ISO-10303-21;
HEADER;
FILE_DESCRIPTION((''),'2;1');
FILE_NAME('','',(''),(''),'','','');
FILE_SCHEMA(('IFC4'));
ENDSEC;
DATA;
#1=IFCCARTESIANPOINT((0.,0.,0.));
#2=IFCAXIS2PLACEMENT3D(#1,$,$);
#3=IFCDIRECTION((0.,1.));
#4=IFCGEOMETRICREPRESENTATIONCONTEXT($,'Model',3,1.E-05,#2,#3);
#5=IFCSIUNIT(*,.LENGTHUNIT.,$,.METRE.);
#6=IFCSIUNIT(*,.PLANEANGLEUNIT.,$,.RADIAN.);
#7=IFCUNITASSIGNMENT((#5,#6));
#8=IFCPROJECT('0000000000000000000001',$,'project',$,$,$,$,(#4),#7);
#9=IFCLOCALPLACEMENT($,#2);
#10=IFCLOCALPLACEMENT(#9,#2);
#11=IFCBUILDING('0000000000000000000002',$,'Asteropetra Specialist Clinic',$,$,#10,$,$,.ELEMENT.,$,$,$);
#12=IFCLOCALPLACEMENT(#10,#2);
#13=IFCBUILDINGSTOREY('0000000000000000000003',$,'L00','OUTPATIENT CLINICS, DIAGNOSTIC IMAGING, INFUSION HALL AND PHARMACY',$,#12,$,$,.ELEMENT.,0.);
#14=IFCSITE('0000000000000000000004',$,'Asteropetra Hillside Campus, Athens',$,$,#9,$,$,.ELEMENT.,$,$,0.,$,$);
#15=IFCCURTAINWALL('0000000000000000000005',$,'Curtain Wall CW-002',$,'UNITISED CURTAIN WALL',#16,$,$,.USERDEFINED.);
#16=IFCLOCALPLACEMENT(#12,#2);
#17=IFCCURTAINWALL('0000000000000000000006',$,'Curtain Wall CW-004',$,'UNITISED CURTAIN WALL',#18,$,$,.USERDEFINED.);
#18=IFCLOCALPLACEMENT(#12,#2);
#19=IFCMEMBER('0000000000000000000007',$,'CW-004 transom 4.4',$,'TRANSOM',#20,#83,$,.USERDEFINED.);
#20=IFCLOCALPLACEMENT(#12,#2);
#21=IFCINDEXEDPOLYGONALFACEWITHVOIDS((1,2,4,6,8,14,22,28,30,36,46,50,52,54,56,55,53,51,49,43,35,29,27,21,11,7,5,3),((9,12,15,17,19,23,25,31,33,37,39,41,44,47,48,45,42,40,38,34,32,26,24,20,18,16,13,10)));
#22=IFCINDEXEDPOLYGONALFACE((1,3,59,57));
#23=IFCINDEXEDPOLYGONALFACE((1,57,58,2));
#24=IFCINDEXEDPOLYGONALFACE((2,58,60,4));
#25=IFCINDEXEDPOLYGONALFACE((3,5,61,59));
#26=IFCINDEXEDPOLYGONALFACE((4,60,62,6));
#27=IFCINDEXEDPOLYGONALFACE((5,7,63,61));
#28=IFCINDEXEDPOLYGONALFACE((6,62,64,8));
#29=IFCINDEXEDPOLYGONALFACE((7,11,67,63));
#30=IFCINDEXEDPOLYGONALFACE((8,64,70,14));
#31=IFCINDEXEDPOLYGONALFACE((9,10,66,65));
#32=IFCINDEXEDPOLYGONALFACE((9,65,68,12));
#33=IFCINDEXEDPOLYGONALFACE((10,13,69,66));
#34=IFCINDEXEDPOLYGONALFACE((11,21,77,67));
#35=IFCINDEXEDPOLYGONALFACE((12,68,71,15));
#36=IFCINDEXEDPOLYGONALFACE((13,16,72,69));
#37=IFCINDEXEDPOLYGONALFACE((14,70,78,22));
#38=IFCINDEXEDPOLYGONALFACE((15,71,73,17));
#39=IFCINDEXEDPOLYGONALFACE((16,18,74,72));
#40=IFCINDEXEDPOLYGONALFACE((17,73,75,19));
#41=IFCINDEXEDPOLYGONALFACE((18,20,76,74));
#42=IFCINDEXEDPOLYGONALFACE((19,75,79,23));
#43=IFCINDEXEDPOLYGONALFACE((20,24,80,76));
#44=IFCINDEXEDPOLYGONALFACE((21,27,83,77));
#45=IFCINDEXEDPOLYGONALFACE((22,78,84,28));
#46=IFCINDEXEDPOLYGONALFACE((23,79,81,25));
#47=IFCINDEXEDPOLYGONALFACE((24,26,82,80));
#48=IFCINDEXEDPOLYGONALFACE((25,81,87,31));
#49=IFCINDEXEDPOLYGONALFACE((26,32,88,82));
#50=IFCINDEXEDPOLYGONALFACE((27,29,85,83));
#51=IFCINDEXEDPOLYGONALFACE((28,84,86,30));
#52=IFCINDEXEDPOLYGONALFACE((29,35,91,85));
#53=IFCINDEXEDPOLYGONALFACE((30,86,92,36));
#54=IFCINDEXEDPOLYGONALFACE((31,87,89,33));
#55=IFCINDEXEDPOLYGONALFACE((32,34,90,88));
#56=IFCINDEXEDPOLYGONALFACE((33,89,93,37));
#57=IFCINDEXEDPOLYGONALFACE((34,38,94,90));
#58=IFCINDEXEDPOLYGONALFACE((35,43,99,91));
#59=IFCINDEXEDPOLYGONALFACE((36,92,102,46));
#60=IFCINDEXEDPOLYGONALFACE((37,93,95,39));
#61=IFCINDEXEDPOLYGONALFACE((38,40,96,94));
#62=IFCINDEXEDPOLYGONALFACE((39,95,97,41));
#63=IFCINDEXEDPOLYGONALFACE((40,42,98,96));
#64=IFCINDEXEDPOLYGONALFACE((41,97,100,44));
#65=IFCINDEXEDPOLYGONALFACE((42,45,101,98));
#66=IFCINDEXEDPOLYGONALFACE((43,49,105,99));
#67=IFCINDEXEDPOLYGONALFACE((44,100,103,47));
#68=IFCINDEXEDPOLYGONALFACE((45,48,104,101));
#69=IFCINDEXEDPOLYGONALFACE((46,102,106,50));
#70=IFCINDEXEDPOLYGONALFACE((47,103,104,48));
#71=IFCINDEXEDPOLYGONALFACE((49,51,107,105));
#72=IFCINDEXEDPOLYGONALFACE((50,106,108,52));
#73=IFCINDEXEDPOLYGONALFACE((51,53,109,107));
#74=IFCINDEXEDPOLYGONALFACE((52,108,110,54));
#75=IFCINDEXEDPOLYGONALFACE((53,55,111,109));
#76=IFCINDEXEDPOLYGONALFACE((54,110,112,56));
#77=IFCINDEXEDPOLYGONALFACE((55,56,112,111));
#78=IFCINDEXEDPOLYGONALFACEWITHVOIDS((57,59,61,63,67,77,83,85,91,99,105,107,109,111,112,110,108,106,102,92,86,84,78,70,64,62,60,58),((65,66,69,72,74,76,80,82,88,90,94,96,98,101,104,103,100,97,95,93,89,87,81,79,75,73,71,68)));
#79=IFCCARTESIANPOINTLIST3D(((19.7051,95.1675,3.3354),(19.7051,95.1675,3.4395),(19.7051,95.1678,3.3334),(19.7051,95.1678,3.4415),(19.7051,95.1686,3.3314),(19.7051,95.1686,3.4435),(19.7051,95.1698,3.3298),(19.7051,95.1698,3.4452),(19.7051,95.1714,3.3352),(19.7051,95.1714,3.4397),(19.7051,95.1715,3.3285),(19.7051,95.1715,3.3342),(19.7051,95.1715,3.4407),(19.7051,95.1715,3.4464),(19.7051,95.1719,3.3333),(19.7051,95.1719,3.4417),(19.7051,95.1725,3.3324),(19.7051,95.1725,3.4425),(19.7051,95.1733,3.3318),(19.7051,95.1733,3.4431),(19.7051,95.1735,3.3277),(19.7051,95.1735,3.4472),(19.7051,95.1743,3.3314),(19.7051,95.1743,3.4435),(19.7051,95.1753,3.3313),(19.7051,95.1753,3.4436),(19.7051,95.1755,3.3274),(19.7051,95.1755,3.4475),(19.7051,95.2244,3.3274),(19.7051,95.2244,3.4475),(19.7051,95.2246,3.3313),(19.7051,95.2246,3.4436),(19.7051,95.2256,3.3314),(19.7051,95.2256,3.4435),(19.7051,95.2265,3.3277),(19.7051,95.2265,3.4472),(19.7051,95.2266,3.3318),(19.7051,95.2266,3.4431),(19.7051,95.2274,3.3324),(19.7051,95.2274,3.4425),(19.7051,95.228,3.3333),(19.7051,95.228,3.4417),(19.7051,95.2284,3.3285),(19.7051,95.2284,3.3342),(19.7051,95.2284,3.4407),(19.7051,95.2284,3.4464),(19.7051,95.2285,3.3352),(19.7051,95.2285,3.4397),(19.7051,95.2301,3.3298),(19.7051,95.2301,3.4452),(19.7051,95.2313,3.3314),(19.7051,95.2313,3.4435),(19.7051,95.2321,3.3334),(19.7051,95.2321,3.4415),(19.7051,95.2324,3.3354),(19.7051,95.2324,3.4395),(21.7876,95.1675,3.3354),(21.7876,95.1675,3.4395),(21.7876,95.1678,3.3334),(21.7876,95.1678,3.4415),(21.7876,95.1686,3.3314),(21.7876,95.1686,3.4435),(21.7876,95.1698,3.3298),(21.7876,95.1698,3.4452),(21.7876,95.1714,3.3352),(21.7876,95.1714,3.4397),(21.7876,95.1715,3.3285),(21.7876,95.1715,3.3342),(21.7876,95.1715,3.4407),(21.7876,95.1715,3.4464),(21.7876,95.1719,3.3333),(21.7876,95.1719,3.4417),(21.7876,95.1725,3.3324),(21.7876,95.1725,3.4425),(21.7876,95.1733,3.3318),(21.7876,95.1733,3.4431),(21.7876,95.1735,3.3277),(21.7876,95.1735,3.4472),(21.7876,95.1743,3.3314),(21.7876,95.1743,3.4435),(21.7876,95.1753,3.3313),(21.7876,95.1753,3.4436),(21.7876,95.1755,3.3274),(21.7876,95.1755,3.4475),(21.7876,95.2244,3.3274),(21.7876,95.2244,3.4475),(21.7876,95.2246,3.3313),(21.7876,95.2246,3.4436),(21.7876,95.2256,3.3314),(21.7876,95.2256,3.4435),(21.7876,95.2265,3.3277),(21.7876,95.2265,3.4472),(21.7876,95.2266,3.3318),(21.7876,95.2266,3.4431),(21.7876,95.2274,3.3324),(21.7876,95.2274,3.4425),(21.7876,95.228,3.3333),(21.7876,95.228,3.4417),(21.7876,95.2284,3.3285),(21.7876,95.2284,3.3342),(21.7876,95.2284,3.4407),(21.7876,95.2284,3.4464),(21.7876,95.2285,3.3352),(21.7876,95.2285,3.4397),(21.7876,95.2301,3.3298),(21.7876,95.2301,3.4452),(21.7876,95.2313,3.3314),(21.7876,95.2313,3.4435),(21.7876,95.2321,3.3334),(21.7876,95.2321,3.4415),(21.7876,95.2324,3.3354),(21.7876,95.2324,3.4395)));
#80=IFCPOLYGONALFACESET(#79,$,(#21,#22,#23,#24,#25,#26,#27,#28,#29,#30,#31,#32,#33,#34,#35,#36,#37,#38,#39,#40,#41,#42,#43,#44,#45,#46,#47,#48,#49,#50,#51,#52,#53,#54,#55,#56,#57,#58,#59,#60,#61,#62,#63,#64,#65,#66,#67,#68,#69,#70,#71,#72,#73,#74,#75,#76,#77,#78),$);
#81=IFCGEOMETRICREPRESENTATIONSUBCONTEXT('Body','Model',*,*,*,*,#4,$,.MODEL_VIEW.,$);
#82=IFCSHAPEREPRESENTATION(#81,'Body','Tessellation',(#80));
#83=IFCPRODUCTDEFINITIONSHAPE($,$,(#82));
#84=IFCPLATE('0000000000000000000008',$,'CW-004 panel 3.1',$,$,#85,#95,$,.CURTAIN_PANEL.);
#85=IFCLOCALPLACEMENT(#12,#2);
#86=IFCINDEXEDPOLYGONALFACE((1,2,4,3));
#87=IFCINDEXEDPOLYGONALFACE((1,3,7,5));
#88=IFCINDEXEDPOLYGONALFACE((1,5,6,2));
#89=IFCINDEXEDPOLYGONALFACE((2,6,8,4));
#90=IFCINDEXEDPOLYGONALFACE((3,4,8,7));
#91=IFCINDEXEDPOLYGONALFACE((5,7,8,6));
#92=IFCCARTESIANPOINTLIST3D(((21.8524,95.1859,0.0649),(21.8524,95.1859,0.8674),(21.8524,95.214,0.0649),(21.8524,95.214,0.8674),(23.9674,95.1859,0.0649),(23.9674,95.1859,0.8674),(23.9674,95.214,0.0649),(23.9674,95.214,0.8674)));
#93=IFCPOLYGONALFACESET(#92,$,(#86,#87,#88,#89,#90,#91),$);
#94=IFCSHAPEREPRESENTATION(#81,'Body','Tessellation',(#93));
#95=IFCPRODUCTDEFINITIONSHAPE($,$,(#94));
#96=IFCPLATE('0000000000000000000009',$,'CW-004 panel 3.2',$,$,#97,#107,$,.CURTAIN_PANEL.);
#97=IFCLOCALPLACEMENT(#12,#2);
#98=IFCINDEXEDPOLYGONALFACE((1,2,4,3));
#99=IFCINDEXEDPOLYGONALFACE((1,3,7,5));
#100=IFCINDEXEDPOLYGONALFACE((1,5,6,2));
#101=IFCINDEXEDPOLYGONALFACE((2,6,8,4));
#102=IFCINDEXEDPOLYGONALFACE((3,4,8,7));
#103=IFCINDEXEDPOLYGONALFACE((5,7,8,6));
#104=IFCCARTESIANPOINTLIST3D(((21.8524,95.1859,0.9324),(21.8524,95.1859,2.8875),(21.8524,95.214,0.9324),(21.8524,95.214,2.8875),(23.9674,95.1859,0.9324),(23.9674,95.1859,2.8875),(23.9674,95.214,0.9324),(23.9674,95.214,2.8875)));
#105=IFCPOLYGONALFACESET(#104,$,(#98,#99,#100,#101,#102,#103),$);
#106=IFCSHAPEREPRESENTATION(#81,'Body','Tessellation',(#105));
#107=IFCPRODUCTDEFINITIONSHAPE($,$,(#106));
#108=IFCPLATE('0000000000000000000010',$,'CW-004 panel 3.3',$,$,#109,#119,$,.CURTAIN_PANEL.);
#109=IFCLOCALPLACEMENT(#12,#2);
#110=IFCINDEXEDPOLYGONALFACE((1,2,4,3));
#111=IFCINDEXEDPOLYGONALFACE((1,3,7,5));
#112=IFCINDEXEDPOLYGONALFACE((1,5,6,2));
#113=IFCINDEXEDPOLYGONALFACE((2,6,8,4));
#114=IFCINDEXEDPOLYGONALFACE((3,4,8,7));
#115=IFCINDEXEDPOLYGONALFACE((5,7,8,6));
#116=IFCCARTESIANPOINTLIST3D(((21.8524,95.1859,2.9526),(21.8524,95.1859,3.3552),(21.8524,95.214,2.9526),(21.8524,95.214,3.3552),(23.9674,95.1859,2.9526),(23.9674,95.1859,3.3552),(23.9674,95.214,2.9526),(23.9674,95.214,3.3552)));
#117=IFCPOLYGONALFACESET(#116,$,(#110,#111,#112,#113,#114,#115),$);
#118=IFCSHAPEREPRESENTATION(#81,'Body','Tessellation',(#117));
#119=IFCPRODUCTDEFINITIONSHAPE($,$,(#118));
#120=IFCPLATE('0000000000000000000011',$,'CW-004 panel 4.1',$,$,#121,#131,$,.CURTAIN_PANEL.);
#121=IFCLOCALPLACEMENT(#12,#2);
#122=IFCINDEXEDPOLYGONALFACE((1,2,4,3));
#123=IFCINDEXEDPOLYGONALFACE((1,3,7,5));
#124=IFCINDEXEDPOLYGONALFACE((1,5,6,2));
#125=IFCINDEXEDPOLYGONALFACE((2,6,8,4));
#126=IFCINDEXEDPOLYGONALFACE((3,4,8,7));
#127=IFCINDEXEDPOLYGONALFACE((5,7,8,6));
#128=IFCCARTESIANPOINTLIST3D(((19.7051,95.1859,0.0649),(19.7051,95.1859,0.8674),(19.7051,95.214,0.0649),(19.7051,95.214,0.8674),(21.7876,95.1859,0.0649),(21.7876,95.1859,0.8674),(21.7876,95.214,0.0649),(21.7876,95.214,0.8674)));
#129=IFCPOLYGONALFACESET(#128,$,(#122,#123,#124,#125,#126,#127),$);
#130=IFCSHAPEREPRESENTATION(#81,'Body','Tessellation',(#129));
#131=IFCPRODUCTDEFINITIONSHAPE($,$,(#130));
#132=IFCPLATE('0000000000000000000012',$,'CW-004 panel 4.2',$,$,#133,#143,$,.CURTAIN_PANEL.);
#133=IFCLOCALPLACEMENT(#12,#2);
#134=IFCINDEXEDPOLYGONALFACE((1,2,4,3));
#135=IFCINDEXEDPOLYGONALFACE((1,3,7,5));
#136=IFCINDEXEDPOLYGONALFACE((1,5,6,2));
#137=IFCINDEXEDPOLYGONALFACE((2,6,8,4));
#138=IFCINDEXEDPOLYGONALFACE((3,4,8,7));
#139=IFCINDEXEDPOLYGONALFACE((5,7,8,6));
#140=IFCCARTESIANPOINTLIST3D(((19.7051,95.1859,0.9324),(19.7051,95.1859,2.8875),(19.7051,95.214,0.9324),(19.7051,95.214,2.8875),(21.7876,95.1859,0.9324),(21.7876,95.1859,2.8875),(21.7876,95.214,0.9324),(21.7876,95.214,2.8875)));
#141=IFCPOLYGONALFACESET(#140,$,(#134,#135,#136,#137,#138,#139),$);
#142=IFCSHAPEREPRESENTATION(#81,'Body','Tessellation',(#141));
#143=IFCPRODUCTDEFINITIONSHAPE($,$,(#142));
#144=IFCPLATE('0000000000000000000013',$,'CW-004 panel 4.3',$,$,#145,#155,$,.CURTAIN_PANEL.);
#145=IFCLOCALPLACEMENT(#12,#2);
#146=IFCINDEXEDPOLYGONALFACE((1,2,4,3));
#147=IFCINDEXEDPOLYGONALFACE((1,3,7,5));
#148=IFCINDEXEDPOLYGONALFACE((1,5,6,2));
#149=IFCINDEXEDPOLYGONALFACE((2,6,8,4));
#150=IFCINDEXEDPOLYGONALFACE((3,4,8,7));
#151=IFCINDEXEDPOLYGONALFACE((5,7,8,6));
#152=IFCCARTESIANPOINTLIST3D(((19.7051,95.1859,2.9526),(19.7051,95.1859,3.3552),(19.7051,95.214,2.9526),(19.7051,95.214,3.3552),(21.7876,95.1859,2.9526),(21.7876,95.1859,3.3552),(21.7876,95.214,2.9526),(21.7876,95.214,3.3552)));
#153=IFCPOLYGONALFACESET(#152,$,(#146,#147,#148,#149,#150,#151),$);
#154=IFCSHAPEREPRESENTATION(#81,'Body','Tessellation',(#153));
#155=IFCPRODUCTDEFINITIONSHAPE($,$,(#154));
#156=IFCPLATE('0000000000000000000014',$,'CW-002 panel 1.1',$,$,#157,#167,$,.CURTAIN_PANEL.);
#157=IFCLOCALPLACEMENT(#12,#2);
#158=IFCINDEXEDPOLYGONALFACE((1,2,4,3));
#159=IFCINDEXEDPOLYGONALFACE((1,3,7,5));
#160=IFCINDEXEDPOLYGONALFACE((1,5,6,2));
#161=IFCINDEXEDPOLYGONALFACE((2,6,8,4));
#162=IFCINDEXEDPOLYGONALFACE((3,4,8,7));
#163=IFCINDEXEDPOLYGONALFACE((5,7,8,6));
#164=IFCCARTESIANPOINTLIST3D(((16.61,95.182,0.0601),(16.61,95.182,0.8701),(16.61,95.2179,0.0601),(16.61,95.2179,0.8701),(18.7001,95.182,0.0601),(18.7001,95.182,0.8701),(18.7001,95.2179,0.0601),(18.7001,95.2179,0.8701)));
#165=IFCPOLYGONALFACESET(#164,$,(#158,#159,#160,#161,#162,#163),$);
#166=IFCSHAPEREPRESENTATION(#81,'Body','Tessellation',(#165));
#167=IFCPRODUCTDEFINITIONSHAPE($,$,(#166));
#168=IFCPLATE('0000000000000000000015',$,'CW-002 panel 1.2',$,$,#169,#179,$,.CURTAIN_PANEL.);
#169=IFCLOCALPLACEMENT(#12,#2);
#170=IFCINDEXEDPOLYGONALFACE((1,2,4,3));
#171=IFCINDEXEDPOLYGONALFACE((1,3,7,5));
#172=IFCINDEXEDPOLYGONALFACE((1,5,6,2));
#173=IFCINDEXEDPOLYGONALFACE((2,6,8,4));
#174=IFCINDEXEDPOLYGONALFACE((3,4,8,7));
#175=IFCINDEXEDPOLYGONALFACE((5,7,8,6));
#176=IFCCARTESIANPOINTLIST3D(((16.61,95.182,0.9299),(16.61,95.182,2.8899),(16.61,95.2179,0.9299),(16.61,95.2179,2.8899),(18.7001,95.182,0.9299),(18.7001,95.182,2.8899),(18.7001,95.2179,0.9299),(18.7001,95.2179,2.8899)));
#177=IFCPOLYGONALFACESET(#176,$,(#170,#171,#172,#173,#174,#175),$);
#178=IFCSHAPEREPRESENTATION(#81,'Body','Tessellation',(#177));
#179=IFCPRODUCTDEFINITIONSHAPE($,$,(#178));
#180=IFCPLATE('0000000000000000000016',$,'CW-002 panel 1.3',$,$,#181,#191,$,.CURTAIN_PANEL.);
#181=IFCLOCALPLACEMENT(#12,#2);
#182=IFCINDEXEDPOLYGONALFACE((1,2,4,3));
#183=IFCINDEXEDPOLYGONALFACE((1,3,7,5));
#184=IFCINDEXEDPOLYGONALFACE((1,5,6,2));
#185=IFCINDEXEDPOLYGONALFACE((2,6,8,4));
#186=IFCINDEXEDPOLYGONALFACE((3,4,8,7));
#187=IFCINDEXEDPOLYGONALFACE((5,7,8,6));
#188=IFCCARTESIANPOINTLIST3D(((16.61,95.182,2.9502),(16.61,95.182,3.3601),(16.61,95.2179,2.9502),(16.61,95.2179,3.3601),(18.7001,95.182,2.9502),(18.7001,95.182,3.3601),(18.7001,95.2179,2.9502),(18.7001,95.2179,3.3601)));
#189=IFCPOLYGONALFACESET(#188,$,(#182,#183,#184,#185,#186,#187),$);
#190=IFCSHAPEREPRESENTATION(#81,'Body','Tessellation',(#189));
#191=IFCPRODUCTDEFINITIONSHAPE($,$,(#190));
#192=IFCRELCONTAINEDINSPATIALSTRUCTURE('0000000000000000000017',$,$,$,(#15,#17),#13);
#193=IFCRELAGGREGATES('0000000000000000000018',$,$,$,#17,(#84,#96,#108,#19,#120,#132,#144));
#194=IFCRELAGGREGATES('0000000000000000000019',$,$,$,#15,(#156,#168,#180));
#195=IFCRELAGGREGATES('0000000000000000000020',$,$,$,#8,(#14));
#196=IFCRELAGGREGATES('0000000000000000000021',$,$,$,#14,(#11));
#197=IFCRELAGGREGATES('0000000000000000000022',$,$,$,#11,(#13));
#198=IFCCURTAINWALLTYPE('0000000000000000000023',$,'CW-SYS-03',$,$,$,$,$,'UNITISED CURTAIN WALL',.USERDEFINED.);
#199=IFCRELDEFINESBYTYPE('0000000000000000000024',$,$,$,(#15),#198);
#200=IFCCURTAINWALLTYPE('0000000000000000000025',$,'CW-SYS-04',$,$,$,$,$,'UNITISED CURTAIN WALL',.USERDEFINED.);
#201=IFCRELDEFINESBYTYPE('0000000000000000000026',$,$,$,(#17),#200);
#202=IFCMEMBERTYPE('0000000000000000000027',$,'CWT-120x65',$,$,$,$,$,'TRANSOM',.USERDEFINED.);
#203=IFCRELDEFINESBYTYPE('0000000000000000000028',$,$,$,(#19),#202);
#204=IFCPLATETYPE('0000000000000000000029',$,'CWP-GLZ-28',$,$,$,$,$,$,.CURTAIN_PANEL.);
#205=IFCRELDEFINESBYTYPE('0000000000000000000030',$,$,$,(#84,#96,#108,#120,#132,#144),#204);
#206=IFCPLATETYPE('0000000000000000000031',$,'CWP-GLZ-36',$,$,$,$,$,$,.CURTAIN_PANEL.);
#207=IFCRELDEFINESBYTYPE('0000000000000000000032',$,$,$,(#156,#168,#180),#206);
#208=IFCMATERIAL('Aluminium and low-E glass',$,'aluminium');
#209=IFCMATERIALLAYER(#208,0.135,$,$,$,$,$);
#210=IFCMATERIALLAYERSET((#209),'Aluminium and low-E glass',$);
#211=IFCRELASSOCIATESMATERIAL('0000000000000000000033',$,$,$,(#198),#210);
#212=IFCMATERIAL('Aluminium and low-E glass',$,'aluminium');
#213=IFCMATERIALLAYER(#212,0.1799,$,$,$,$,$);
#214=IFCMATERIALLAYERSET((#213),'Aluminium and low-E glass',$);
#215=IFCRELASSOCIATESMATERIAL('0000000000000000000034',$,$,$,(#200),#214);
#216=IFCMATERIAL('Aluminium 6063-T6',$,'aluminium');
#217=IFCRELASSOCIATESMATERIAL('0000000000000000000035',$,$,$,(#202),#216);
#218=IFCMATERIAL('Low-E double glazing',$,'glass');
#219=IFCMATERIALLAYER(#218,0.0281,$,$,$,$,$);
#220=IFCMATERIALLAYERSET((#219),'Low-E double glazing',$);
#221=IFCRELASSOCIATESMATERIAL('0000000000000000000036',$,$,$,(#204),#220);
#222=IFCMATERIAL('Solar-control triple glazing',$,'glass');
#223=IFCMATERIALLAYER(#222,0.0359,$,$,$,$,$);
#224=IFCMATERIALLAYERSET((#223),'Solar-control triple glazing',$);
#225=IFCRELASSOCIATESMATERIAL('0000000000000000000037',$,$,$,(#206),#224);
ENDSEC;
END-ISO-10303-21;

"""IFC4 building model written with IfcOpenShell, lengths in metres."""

from ifc_helpers import new_model, si_unit, direction, frame, origin, origin_2d, place, context, subcontext, project, spatial, rectangle, hollow_rectangle, extrude, material, layer, layer_set, material_profile, profile_set, type_object, element, aggregate, save


model = new_model("IFC4")

# Units and contexts
model_context = context("Model", 3, precision=1e-05, world=origin(), true_north=direction((0.0, 1.0)))
body_context = subcontext(model_context, "Body", "Model", "MODEL_VIEW")
ifc_project = project(units=[si_unit("LENGTHUNIT", "METRE"), si_unit("PLANEANGLEUNIT", "RADIAN")], contexts=[model_context])

# Site, building, storey
site_placement = place(None, origin())
site = spatial("IfcSite", under=ifc_project, at=site_placement, Name="Asteropetra Hillside Campus, Athens", CompositionType="ELEMENT", RefElevation=0.0)
building_placement = place(site_placement, origin())
building = spatial("IfcBuilding", under=site, at=building_placement, Name="Asteropetra Specialist Clinic", CompositionType="ELEMENT")
storey_placement = place(building_placement, origin())
storey = spatial("IfcBuildingStorey", under=building, at=storey_placement, Name="L00", Description="OUTPATIENT CLINICS, DIAGNOSTIC IMAGING, INFUSION HALL AND PHARMACY", CompositionType="ELEMENT", Elevation=0.0)

# Curtain walls
ifc_material_1 = material(Name="Aluminium and low-E glass", Category="aluminium")
ifc_layer_1 = layer(ifc_material_1, 0.135)
ifc_layer_set_1 = layer_set([ifc_layer_1], Name="Aluminium and low-E glass")
curtain_wall_type_1 = type_object("IfcCurtainWallType", Name="CW-SYS-03", ElementType="UNITISED CURTAIN WALL", PredefinedType="USERDEFINED", material=ifc_layer_set_1)
curtain_wall_1_placement = place(storey_placement, origin())
curtain_wall_1 = element("IfcCurtainWall", 1, at=curtain_wall_1_placement, inside=storey, type_object=curtain_wall_type_1, Name="Curtain Wall CW-002", ObjectType="UNITISED CURTAIN WALL", PredefinedType="USERDEFINED")
ifc_material_2 = material(Name="Aluminium and low-E glass", Category="aluminium")
ifc_layer_2 = layer(ifc_material_2, 0.1799)
ifc_layer_set_2 = layer_set([ifc_layer_2], Name="Aluminium and low-E glass")
curtain_wall_type_2 = type_object("IfcCurtainWallType", Name="CW-SYS-04", ElementType="UNITISED CURTAIN WALL", PredefinedType="USERDEFINED", material=ifc_layer_set_2)
curtain_wall_2_placement = place(storey_placement, origin())
curtain_wall_2 = element("IfcCurtainWall", 2, at=curtain_wall_2_placement, inside=storey, type_object=curtain_wall_type_2, Name="Curtain Wall CW-004", ObjectType="UNITISED CURTAIN WALL", PredefinedType="USERDEFINED")

# Member
ifc_material_3 = material(Name="Aluminium 6063-T6", Category="aluminium")
ifc_material_profile_1 = material_profile(ifc_material_3, hollow_rectangle(XDim=0.0649, YDim=0.1201, WallThickness=0.0039, InnerFilletRadius=0.0039, OuterFilletRadius=0.0081, at=origin_2d()), Name="TRN 120x65x4.0")
ifc_profile_set_1 = profile_set([ifc_material_profile_1], Name="Aluminium 6063-T6")
member_type_1 = type_object("IfcMemberType", Name="CWT-120x65", ElementType="TRANSOM", PredefinedType="USERDEFINED", material=ifc_profile_set_1)
member_1_placement = place(storey_placement, frame((21.7876, 95.2, 3.3875), z_axis=(-1.0, 0.0, 0.0), x_axis=(0.0, -1.0, 0.0)))
member_1 = element("IfcMember", 3, at=member_1_placement, type_object=member_type_1, Name="CW-004 transom 4.4", ObjectType="TRANSOM", PredefinedType="USERDEFINED", context=body_context, shape_type="SweptSolid", body=[
    extrude(hollow_rectangle(XDim=0.0649, YDim=0.1201, WallThickness=0.0039, InnerFilletRadius=0.0039, OuterFilletRadius=0.0081, at=origin_2d()), origin(), (0.0, 0.0, 1.0), 2.0825),
])

# Plates
ifc_material_4 = material(Name="Low-E double glazing", Category="glass")
ifc_layer_3 = layer(ifc_material_4, 0.0281)
ifc_layer_set_3 = layer_set([ifc_layer_3], Name="Low-E double glazing")
plate_type_1 = type_object("IfcPlateType", Name="CWP-GLZ-28", PredefinedType="CURTAIN_PANEL", material=ifc_layer_set_3)
plate_1_placement = place(storey_placement, frame((22.9099, 95.2, 0.0649), z_axis=(0.0, 0.0, 1.0), x_axis=(-1.0, 0.0, 0.0)))
plate_1 = element("IfcPlate", 4, at=plate_1_placement, type_object=plate_type_1, Name="CW-004 panel 3.1", PredefinedType="CURTAIN_PANEL", context=body_context, shape_type="SweptSolid", body=[
    extrude(rectangle(XDim=2.115, YDim=0.0281, at=origin_2d()), origin(), (0.0, 0.0, 1.0), 0.8025),
])
plate_2_placement = place(storey_placement, frame((22.9099, 95.2, 0.9324), z_axis=(0.0, 0.0, 1.0), x_axis=(-1.0, 0.0, 0.0)))
plate_2 = element("IfcPlate", 5, at=plate_2_placement, type_object=plate_type_1, Name="CW-004 panel 3.2", PredefinedType="CURTAIN_PANEL", context=body_context, shape_type="SweptSolid", body=[
    extrude(rectangle(XDim=2.115, YDim=0.0281, at=origin_2d()), origin(), (0.0, 0.0, 1.0), 1.9551),
])
plate_3_placement = place(storey_placement, frame((22.9099, 95.2, 2.9526), z_axis=(0.0, 0.0, 1.0), x_axis=(-1.0, 0.0, 0.0)))
plate_3 = element("IfcPlate", 6, at=plate_3_placement, type_object=plate_type_1, Name="CW-004 panel 3.3", PredefinedType="CURTAIN_PANEL", context=body_context, shape_type="SweptSolid", body=[
    extrude(rectangle(XDim=2.115, YDim=0.0281, at=origin_2d()), origin(), (0.0, 0.0, 1.0), 0.4026),
])
plate_4_placement = place(storey_placement, frame((20.7463, 95.2, 0.0649), z_axis=(0.0, 0.0, 1.0), x_axis=(-1.0, 0.0, 0.0)))
plate_4 = element("IfcPlate", 7, at=plate_4_placement, type_object=plate_type_1, Name="CW-004 panel 4.1", PredefinedType="CURTAIN_PANEL", context=body_context, shape_type="SweptSolid", body=[
    extrude(rectangle(XDim=2.0825, YDim=0.0281, at=origin_2d()), origin(), (0.0, 0.0, 1.0), 0.8025),
])
plate_5_placement = place(storey_placement, frame((20.7463, 95.2, 0.9324), z_axis=(0.0, 0.0, 1.0), x_axis=(-1.0, 0.0, 0.0)))
plate_5 = element("IfcPlate", 8, at=plate_5_placement, type_object=plate_type_1, Name="CW-004 panel 4.2", PredefinedType="CURTAIN_PANEL", context=body_context, shape_type="SweptSolid", body=[
    extrude(rectangle(XDim=2.0825, YDim=0.0281, at=origin_2d()), origin(), (0.0, 0.0, 1.0), 1.9551),
])
plate_6_placement = place(storey_placement, frame((20.7463, 95.2, 2.9526), z_axis=(0.0, 0.0, 1.0), x_axis=(-1.0, 0.0, 0.0)))
plate_6 = element("IfcPlate", 9, at=plate_6_placement, type_object=plate_type_1, Name="CW-004 panel 4.3", PredefinedType="CURTAIN_PANEL", context=body_context, shape_type="SweptSolid", body=[
    extrude(rectangle(XDim=2.0825, YDim=0.0281, at=origin_2d()), origin(), (0.0, 0.0, 1.0), 0.4026),
])
aggregate(curtain_wall_2, [plate_1, plate_2, plate_3, member_1, plate_4, plate_5, plate_6])
ifc_material_5 = material(Name="Solar-control triple glazing", Category="glass")
ifc_layer_4 = layer(ifc_material_5, 0.0359)
ifc_layer_set_4 = layer_set([ifc_layer_4], Name="Solar-control triple glazing")
plate_type_2 = type_object("IfcPlateType", Name="CWP-GLZ-36", PredefinedType="CURTAIN_PANEL", material=ifc_layer_set_4)
plate_7_placement = place(storey_placement, frame((17.655, 95.2, 0.0601), z_axis=(0.0, 0.0, 1.0), x_axis=(-1.0, 0.0, 0.0)))
plate_7 = element("IfcPlate", 10, at=plate_7_placement, type_object=plate_type_2, Name="CW-002 panel 1.1", PredefinedType="CURTAIN_PANEL", context=body_context, shape_type="SweptSolid", body=[
    extrude(rectangle(XDim=2.0901, YDim=0.0359, at=origin_2d()), origin(), (0.0, 0.0, 1.0), 0.8101),
])
plate_8_placement = place(storey_placement, frame((17.655, 95.2, 0.9299), z_axis=(0.0, 0.0, 1.0), x_axis=(-1.0, 0.0, 0.0)))
plate_8 = element("IfcPlate", 11, at=plate_8_placement, type_object=plate_type_2, Name="CW-002 panel 1.2", PredefinedType="CURTAIN_PANEL", context=body_context, shape_type="SweptSolid", body=[
    extrude(rectangle(XDim=2.0901, YDim=0.0359, at=origin_2d()), origin(), (0.0, 0.0, 1.0), 1.96),
])
plate_9_placement = place(storey_placement, frame((17.655, 95.2, 2.9502), z_axis=(0.0, 0.0, 1.0), x_axis=(-1.0, 0.0, 0.0)))
plate_9 = element("IfcPlate", 12, at=plate_9_placement, type_object=plate_type_2, Name="CW-002 panel 1.3", PredefinedType="CURTAIN_PANEL", context=body_context, shape_type="SweptSolid", body=[
    extrude(rectangle(XDim=2.0901, YDim=0.0359, at=origin_2d()), origin(), (0.0, 0.0, 1.0), 0.4099),
])
aggregate(curtain_wall_1, [plate_7, plate_8, plate_9])

save(model, "model.ifc")
